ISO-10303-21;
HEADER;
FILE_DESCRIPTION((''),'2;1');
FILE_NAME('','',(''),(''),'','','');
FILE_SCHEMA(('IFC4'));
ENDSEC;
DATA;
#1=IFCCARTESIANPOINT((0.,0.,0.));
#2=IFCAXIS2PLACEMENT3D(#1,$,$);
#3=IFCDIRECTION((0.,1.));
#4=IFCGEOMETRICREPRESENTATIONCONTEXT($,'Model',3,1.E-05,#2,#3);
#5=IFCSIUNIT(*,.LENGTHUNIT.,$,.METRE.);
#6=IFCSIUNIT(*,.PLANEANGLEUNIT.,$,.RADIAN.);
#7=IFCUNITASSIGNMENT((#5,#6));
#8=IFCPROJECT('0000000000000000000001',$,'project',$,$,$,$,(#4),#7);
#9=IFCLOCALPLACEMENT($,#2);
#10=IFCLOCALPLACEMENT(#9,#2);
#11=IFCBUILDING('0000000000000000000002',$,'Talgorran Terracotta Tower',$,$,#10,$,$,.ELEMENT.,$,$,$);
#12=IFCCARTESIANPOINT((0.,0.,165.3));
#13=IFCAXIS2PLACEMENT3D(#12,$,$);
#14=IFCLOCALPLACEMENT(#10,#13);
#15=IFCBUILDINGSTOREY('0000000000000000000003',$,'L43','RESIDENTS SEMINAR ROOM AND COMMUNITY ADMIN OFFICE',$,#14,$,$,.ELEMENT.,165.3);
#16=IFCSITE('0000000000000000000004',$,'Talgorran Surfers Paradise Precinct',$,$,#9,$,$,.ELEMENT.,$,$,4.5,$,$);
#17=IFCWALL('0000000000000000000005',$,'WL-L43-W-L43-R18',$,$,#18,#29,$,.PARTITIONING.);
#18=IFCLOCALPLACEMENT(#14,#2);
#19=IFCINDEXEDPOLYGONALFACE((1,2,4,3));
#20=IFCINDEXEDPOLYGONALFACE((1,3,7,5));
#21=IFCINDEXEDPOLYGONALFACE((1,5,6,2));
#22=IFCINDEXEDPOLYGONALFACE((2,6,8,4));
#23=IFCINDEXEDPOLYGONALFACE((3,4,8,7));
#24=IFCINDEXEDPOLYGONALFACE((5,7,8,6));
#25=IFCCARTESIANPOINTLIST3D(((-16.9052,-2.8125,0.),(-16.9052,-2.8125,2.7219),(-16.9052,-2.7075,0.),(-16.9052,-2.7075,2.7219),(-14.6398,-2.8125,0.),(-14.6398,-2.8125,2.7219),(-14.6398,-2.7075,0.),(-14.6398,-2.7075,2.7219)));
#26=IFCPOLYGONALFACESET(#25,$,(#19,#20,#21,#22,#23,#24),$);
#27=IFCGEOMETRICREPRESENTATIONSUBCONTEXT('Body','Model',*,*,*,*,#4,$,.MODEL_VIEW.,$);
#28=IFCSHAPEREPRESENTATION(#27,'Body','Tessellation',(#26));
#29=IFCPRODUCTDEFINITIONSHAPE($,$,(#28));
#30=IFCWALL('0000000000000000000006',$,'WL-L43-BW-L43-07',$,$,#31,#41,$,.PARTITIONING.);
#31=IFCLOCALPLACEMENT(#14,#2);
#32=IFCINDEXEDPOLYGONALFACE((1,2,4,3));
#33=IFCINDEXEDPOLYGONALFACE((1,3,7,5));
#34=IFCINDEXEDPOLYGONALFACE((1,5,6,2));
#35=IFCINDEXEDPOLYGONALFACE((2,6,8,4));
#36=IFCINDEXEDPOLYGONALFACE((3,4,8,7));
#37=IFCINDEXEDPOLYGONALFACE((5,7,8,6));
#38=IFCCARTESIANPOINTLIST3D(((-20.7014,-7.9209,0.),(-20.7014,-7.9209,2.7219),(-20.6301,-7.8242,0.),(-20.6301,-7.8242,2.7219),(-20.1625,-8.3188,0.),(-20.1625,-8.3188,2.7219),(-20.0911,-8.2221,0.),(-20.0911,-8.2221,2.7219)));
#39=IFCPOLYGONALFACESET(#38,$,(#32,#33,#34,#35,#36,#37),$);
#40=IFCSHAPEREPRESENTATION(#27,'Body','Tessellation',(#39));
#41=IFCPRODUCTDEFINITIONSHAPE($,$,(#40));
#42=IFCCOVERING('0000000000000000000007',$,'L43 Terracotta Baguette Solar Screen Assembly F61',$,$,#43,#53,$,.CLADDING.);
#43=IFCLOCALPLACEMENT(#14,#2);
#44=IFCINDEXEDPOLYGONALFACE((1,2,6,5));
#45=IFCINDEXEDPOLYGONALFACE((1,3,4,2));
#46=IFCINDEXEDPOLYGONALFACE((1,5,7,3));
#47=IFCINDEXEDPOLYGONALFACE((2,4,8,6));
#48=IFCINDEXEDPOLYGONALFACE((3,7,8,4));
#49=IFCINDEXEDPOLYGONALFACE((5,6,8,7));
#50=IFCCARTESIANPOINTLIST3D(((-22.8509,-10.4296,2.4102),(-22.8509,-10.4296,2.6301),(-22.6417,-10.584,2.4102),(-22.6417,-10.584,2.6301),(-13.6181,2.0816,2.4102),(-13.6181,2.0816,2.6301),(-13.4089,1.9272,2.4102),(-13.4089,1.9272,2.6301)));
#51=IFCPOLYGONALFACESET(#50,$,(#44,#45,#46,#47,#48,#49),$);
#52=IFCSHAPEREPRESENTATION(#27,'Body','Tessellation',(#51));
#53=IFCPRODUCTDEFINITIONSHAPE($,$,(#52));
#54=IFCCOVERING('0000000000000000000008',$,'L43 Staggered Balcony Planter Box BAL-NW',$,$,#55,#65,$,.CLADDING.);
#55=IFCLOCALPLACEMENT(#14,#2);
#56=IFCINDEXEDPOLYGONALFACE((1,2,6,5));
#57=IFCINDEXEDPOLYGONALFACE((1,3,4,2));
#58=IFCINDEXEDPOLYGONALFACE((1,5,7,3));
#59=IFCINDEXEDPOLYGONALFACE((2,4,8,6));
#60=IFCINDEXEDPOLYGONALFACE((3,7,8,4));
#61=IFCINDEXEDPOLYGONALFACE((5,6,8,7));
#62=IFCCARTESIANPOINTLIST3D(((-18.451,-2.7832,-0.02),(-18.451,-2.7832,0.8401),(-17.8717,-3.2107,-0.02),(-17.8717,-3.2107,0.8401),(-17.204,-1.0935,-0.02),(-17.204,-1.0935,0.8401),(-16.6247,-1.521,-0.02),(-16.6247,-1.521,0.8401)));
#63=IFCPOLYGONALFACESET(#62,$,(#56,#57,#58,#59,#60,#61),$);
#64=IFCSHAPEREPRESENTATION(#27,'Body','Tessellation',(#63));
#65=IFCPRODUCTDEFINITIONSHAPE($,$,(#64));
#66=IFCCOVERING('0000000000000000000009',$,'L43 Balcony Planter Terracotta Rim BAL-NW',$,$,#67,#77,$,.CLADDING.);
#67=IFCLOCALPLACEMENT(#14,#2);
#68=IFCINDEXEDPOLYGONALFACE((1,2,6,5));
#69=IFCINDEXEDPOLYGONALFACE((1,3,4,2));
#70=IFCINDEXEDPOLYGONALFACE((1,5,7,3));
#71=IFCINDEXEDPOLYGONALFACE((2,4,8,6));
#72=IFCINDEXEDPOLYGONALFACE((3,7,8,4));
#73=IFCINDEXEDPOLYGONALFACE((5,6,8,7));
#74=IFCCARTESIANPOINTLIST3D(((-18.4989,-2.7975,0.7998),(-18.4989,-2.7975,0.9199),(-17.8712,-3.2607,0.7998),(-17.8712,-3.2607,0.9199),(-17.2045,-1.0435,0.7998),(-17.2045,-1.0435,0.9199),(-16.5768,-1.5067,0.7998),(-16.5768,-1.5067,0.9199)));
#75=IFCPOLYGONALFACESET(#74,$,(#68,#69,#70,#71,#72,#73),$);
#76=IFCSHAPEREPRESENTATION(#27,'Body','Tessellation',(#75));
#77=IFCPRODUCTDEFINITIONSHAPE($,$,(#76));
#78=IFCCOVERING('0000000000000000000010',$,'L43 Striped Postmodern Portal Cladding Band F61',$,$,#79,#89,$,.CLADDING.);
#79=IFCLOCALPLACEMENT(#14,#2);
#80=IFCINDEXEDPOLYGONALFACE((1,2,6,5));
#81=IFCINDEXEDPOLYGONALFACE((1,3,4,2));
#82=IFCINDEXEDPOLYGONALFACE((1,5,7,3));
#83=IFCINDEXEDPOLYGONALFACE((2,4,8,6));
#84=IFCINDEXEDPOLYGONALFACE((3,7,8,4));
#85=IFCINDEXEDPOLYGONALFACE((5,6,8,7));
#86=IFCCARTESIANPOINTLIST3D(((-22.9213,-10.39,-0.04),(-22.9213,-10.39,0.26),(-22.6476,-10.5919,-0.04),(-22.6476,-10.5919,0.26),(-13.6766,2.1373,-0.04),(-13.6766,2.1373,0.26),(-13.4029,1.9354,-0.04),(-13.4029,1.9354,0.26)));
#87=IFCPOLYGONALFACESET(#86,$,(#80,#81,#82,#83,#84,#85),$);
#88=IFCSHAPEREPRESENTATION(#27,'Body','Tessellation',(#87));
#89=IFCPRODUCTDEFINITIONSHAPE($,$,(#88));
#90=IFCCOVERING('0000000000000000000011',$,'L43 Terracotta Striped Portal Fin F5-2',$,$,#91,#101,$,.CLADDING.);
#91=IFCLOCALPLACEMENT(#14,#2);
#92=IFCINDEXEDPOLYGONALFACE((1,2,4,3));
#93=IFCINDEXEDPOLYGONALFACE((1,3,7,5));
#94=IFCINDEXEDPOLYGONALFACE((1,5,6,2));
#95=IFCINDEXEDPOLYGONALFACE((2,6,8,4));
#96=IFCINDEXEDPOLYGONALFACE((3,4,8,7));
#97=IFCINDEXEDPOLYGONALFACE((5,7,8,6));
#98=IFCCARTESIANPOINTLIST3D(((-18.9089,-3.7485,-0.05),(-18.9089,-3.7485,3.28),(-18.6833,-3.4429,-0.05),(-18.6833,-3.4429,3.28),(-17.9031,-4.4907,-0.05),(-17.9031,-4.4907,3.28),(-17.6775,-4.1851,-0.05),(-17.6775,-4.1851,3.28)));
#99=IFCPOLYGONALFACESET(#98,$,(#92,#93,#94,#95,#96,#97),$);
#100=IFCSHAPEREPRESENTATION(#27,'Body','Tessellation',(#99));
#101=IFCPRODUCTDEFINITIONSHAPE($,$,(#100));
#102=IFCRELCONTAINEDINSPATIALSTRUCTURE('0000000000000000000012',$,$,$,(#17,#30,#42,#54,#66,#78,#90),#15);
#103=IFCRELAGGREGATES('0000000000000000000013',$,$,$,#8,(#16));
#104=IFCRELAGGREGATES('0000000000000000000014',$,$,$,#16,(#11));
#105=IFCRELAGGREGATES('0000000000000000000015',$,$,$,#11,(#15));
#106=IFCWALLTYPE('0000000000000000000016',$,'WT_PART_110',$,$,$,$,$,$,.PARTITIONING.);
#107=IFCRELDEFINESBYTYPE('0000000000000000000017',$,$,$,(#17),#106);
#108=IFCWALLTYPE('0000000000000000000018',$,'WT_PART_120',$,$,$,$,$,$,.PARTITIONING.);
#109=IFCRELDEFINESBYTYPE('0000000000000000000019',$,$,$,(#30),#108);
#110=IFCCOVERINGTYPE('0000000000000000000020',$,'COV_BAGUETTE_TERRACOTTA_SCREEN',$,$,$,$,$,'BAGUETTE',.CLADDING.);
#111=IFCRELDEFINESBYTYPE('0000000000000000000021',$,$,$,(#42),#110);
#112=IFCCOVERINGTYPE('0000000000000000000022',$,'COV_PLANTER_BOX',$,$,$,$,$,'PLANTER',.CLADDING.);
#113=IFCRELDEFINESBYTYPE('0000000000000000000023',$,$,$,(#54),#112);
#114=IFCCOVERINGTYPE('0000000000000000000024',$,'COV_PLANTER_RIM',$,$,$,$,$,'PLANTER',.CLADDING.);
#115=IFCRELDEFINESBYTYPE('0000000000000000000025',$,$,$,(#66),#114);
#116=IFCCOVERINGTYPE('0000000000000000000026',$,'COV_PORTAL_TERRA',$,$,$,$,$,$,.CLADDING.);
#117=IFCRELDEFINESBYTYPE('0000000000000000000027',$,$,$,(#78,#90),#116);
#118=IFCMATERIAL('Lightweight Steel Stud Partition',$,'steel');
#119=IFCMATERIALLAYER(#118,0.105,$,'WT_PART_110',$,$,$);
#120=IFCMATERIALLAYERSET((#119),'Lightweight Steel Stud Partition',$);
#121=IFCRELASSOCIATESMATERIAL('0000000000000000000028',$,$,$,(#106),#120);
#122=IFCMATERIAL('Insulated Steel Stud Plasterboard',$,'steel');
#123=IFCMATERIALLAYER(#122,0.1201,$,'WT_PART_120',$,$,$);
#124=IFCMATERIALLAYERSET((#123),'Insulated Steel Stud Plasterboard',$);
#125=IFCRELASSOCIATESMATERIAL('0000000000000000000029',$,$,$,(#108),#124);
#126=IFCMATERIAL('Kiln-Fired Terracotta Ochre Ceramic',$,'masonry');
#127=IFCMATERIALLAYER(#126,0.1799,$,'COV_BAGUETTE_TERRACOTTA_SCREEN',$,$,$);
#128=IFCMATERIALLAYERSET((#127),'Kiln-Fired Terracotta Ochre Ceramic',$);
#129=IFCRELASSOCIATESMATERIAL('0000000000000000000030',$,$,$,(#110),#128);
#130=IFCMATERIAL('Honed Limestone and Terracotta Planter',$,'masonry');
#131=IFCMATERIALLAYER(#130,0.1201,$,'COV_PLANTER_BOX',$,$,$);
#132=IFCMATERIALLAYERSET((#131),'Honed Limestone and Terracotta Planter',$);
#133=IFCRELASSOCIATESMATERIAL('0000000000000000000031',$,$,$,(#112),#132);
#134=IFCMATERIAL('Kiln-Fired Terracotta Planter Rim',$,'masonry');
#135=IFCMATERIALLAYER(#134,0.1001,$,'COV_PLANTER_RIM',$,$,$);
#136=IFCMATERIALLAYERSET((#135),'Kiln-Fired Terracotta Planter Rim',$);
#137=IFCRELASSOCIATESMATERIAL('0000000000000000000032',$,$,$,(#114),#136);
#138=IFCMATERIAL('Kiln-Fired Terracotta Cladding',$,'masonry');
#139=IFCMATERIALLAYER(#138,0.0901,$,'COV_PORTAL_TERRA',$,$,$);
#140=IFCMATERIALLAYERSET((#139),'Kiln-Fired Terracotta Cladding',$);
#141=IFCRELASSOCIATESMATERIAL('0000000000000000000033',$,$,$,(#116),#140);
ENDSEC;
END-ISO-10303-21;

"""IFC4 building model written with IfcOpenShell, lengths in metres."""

from ifc_helpers import new_model, si_unit, direction, frame, frame_2d, origin, origin_2d, place, context, subcontext, project, spatial, rectangle, extrude, material, layer, layer_set, type_object, element, save


model = new_model("IFC4")

# Units and contexts
model_context = context("Model", 3, precision=1e-05, world=origin(), true_north=direction((0.0, 1.0)))
body_context = subcontext(model_context, "Body", "Model", "MODEL_VIEW")
ifc_project = project(units=[si_unit("LENGTHUNIT", "METRE"), si_unit("PLANEANGLEUNIT", "RADIAN")], contexts=[model_context])

# Site, building, storey
site_placement = place(None, origin())
site = spatial("IfcSite", under=ifc_project, at=site_placement, Name="Talgorran Surfers Paradise Precinct", CompositionType="ELEMENT", RefElevation=4.5)
building_placement = place(site_placement, origin())
building = spatial("IfcBuilding", under=site, at=building_placement, Name="Talgorran Terracotta Tower", CompositionType="ELEMENT")
storey_placement = place(building_placement, frame((0.0, 0.0, 165.3)))
storey = spatial("IfcBuildingStorey", under=building, at=storey_placement, Name="L43", Description="RESIDENTS SEMINAR ROOM AND COMMUNITY ADMIN OFFICE", CompositionType="ELEMENT", Elevation=165.3)

# Walls
ifc_material_1 = material(Name="Lightweight Steel Stud Partition", Category="steel")
ifc_layer_1 = layer(ifc_material_1, 0.105, Name="WT_PART_110")
ifc_layer_set_1 = layer_set([ifc_layer_1], Name="Lightweight Steel Stud Partition")
wall_type_1 = type_object("IfcWallType", Name="WT_PART_110", PredefinedType="PARTITIONING", material=ifc_layer_set_1)
wall_1_placement = place(storey_placement, frame((-16.9053, -2.76, 0.0), z_axis=(0.0, 0.0, 1.0), x_axis=(1.0, 0.0, 0.0)))
element("IfcWall", 1, at=wall_1_placement, inside=storey, type_object=wall_type_1, Name="WL-L43-W-L43-R18", PredefinedType="PARTITIONING", context=body_context, shape_type="SweptSolid", body=[
    extrude(rectangle(XDim=2.2654, YDim=0.105, at=frame_2d((1.1328, 0.0))), origin(), (0.0, 0.0, 1.0), 2.7219),
])
ifc_material_2 = material(Name="Insulated Steel Stud Plasterboard", Category="steel")
ifc_layer_2 = layer(ifc_material_2, 0.1201, Name="WT_PART_120")
ifc_layer_set_2 = layer_set([ifc_layer_2], Name="Insulated Steel Stud Plasterboard")
wall_type_2 = type_object("IfcWallType", Name="WT_PART_120", PredefinedType="PARTITIONING", material=ifc_layer_set_2)
wall_2_placement = place(storey_placement, frame((-20.6658, -7.8726, 0.0), z_axis=(0.0, 0.0, 1.0), x_axis=(0.804524, -0.59392, 0.0)))
element("IfcWall", 2, at=wall_2_placement, inside=storey, type_object=wall_type_2, Name="WL-L43-BW-L43-07", PredefinedType="PARTITIONING", context=body_context, shape_type="SweptSolid", body=[
    extrude(rectangle(XDim=0.6699, YDim=0.1201, at=frame_2d((0.335, 0.0))), origin(), (0.0, 0.0, 1.0), 2.7219),
])

# Coverings
ifc_material_3 = material(Name="Kiln-Fired Terracotta Ochre Ceramic", Category="masonry")
ifc_layer_3 = layer(ifc_material_3, 0.1799, Name="COV_BAGUETTE_TERRACOTTA_SCREEN")
ifc_layer_set_3 = layer_set([ifc_layer_3], Name="Kiln-Fired Terracotta Ochre Ceramic")
covering_type_1 = type_object("IfcCoveringType", Name="COV_BAGUETTE_TERRACOTTA_SCREEN", ElementType="BAGUETTE", PredefinedType="CLADDING", material=ifc_layer_set_3)
covering_1_placement = place(storey_placement, frame((-18.1299, -4.2512, 2.4102), z_axis=(0.0, 0.0, 1.0), x_axis=(-0.593784, -0.804624, 0.0)))
element("IfcCovering", 3, at=covering_1_placement, inside=storey, type_object=covering_type_1, Name="L43 Terracotta Baguette Solar Screen Assembly F61", PredefinedType="CLADDING", context=body_context, shape_type="SweptSolid", body=[
    extrude(rectangle(XDim=15.5491, YDim=0.26, at=origin_2d()), origin(), (0.0, 0.0, 1.0), 0.22),
])
ifc_material_4 = material(Name="Honed Limestone and Terracotta Planter", Category="masonry")
ifc_layer_4 = layer(ifc_material_4, 0.1201, Name="COV_PLANTER_BOX")
ifc_layer_set_4 = layer_set([ifc_layer_4], Name="Honed Limestone and Terracotta Planter")
covering_type_2 = type_object("IfcCoveringType", Name="COV_PLANTER_BOX", ElementType="PLANTER", PredefinedType="CLADDING", material=ifc_layer_set_4)
covering_2_placement = place(storey_placement, frame((-17.5378, -2.1521, -0.02), z_axis=(0.0, 0.0, 1.0), x_axis=(-0.593784, -0.804624, 0.0)))
element("IfcCovering", 4, at=covering_2_placement, inside=storey, type_object=covering_type_2, Name="L43 Staggered Balcony Planter Box BAL-NW", PredefinedType="CLADDING", context=body_context, shape_type="SweptSolid", body=[
    extrude(rectangle(XDim=2.1001, YDim=0.72, at=origin_2d()), origin(), (0.0, 0.0, 1.0), 0.8601),
])
ifc_material_5 = material(Name="Kiln-Fired Terracotta Planter Rim", Category="masonry")
ifc_layer_5 = layer(ifc_material_5, 0.1001, Name="COV_PLANTER_RIM")
ifc_layer_set_5 = layer_set([ifc_layer_5], Name="Kiln-Fired Terracotta Planter Rim")
covering_type_3 = type_object("IfcCoveringType", Name="COV_PLANTER_RIM", ElementType="PLANTER", PredefinedType="CLADDING", material=ifc_layer_set_5)
covering_3_placement = place(storey_placement, frame((-17.5378, -2.1521, 0.7998), z_axis=(0.0, 0.0, 1.0), x_axis=(-0.593784, -0.804624, 0.0)))
element("IfcCovering", 5, at=covering_3_placement, inside=storey, type_object=covering_type_3, Name="L43 Balcony Planter Terracotta Rim BAL-NW", PredefinedType="CLADDING", context=body_context, shape_type="SweptSolid", body=[
    extrude(rectangle(XDim=2.1799, YDim=0.78, at=origin_2d()), origin(), (0.0, 0.0, 1.0), 0.1201),
])
ifc_material_6 = material(Name="Kiln-Fired Terracotta Cladding", Category="masonry")
ifc_layer_6 = layer(ifc_material_6, 0.0901, Name="COV_PORTAL_TERRA")
ifc_layer_set_6 = layer_set([ifc_layer_6], Name="Kiln-Fired Terracotta Cladding")
covering_type_4 = type_object("IfcCoveringType", Name="COV_PORTAL_TERRA", PredefinedType="CLADDING", material=ifc_layer_set_6)
covering_4_placement = place(storey_placement, frame((-18.1621, -4.2273, -0.04), z_axis=(0.0, 0.0, 1.0), x_axis=(-0.593784, -0.804624, 0.0)))
element("IfcCovering", 6, at=covering_4_placement, inside=storey, type_object=covering_type_4, Name="L43 Striped Postmodern Portal Cladding Band F61", PredefinedType="CLADDING", context=body_context, shape_type="SweptSolid", body=[
    extrude(rectangle(XDim=15.5691, YDim=0.3401, at=origin_2d()), origin(), (0.0, 0.0, 1.0), 0.3),
])
covering_5_placement = place(storey_placement, frame((-18.2932, -3.9668, -0.05), z_axis=(0.0, 0.0, 1.0), x_axis=(-0.593784, -0.804624, 0.0)))
element("IfcCovering", 7, at=covering_5_placement, inside=storey, type_object=covering_type_4, Name="L43 Terracotta Striped Portal Fin F5-2", PredefinedType="CLADDING", context=body_context, shape_type="SweptSolid", body=[
    extrude(rectangle(XDim=0.3799, YDim=1.25, at=origin_2d()), origin(), (0.0, 0.0, 1.0), 3.3301),
])

save(model, "model.ifc")
